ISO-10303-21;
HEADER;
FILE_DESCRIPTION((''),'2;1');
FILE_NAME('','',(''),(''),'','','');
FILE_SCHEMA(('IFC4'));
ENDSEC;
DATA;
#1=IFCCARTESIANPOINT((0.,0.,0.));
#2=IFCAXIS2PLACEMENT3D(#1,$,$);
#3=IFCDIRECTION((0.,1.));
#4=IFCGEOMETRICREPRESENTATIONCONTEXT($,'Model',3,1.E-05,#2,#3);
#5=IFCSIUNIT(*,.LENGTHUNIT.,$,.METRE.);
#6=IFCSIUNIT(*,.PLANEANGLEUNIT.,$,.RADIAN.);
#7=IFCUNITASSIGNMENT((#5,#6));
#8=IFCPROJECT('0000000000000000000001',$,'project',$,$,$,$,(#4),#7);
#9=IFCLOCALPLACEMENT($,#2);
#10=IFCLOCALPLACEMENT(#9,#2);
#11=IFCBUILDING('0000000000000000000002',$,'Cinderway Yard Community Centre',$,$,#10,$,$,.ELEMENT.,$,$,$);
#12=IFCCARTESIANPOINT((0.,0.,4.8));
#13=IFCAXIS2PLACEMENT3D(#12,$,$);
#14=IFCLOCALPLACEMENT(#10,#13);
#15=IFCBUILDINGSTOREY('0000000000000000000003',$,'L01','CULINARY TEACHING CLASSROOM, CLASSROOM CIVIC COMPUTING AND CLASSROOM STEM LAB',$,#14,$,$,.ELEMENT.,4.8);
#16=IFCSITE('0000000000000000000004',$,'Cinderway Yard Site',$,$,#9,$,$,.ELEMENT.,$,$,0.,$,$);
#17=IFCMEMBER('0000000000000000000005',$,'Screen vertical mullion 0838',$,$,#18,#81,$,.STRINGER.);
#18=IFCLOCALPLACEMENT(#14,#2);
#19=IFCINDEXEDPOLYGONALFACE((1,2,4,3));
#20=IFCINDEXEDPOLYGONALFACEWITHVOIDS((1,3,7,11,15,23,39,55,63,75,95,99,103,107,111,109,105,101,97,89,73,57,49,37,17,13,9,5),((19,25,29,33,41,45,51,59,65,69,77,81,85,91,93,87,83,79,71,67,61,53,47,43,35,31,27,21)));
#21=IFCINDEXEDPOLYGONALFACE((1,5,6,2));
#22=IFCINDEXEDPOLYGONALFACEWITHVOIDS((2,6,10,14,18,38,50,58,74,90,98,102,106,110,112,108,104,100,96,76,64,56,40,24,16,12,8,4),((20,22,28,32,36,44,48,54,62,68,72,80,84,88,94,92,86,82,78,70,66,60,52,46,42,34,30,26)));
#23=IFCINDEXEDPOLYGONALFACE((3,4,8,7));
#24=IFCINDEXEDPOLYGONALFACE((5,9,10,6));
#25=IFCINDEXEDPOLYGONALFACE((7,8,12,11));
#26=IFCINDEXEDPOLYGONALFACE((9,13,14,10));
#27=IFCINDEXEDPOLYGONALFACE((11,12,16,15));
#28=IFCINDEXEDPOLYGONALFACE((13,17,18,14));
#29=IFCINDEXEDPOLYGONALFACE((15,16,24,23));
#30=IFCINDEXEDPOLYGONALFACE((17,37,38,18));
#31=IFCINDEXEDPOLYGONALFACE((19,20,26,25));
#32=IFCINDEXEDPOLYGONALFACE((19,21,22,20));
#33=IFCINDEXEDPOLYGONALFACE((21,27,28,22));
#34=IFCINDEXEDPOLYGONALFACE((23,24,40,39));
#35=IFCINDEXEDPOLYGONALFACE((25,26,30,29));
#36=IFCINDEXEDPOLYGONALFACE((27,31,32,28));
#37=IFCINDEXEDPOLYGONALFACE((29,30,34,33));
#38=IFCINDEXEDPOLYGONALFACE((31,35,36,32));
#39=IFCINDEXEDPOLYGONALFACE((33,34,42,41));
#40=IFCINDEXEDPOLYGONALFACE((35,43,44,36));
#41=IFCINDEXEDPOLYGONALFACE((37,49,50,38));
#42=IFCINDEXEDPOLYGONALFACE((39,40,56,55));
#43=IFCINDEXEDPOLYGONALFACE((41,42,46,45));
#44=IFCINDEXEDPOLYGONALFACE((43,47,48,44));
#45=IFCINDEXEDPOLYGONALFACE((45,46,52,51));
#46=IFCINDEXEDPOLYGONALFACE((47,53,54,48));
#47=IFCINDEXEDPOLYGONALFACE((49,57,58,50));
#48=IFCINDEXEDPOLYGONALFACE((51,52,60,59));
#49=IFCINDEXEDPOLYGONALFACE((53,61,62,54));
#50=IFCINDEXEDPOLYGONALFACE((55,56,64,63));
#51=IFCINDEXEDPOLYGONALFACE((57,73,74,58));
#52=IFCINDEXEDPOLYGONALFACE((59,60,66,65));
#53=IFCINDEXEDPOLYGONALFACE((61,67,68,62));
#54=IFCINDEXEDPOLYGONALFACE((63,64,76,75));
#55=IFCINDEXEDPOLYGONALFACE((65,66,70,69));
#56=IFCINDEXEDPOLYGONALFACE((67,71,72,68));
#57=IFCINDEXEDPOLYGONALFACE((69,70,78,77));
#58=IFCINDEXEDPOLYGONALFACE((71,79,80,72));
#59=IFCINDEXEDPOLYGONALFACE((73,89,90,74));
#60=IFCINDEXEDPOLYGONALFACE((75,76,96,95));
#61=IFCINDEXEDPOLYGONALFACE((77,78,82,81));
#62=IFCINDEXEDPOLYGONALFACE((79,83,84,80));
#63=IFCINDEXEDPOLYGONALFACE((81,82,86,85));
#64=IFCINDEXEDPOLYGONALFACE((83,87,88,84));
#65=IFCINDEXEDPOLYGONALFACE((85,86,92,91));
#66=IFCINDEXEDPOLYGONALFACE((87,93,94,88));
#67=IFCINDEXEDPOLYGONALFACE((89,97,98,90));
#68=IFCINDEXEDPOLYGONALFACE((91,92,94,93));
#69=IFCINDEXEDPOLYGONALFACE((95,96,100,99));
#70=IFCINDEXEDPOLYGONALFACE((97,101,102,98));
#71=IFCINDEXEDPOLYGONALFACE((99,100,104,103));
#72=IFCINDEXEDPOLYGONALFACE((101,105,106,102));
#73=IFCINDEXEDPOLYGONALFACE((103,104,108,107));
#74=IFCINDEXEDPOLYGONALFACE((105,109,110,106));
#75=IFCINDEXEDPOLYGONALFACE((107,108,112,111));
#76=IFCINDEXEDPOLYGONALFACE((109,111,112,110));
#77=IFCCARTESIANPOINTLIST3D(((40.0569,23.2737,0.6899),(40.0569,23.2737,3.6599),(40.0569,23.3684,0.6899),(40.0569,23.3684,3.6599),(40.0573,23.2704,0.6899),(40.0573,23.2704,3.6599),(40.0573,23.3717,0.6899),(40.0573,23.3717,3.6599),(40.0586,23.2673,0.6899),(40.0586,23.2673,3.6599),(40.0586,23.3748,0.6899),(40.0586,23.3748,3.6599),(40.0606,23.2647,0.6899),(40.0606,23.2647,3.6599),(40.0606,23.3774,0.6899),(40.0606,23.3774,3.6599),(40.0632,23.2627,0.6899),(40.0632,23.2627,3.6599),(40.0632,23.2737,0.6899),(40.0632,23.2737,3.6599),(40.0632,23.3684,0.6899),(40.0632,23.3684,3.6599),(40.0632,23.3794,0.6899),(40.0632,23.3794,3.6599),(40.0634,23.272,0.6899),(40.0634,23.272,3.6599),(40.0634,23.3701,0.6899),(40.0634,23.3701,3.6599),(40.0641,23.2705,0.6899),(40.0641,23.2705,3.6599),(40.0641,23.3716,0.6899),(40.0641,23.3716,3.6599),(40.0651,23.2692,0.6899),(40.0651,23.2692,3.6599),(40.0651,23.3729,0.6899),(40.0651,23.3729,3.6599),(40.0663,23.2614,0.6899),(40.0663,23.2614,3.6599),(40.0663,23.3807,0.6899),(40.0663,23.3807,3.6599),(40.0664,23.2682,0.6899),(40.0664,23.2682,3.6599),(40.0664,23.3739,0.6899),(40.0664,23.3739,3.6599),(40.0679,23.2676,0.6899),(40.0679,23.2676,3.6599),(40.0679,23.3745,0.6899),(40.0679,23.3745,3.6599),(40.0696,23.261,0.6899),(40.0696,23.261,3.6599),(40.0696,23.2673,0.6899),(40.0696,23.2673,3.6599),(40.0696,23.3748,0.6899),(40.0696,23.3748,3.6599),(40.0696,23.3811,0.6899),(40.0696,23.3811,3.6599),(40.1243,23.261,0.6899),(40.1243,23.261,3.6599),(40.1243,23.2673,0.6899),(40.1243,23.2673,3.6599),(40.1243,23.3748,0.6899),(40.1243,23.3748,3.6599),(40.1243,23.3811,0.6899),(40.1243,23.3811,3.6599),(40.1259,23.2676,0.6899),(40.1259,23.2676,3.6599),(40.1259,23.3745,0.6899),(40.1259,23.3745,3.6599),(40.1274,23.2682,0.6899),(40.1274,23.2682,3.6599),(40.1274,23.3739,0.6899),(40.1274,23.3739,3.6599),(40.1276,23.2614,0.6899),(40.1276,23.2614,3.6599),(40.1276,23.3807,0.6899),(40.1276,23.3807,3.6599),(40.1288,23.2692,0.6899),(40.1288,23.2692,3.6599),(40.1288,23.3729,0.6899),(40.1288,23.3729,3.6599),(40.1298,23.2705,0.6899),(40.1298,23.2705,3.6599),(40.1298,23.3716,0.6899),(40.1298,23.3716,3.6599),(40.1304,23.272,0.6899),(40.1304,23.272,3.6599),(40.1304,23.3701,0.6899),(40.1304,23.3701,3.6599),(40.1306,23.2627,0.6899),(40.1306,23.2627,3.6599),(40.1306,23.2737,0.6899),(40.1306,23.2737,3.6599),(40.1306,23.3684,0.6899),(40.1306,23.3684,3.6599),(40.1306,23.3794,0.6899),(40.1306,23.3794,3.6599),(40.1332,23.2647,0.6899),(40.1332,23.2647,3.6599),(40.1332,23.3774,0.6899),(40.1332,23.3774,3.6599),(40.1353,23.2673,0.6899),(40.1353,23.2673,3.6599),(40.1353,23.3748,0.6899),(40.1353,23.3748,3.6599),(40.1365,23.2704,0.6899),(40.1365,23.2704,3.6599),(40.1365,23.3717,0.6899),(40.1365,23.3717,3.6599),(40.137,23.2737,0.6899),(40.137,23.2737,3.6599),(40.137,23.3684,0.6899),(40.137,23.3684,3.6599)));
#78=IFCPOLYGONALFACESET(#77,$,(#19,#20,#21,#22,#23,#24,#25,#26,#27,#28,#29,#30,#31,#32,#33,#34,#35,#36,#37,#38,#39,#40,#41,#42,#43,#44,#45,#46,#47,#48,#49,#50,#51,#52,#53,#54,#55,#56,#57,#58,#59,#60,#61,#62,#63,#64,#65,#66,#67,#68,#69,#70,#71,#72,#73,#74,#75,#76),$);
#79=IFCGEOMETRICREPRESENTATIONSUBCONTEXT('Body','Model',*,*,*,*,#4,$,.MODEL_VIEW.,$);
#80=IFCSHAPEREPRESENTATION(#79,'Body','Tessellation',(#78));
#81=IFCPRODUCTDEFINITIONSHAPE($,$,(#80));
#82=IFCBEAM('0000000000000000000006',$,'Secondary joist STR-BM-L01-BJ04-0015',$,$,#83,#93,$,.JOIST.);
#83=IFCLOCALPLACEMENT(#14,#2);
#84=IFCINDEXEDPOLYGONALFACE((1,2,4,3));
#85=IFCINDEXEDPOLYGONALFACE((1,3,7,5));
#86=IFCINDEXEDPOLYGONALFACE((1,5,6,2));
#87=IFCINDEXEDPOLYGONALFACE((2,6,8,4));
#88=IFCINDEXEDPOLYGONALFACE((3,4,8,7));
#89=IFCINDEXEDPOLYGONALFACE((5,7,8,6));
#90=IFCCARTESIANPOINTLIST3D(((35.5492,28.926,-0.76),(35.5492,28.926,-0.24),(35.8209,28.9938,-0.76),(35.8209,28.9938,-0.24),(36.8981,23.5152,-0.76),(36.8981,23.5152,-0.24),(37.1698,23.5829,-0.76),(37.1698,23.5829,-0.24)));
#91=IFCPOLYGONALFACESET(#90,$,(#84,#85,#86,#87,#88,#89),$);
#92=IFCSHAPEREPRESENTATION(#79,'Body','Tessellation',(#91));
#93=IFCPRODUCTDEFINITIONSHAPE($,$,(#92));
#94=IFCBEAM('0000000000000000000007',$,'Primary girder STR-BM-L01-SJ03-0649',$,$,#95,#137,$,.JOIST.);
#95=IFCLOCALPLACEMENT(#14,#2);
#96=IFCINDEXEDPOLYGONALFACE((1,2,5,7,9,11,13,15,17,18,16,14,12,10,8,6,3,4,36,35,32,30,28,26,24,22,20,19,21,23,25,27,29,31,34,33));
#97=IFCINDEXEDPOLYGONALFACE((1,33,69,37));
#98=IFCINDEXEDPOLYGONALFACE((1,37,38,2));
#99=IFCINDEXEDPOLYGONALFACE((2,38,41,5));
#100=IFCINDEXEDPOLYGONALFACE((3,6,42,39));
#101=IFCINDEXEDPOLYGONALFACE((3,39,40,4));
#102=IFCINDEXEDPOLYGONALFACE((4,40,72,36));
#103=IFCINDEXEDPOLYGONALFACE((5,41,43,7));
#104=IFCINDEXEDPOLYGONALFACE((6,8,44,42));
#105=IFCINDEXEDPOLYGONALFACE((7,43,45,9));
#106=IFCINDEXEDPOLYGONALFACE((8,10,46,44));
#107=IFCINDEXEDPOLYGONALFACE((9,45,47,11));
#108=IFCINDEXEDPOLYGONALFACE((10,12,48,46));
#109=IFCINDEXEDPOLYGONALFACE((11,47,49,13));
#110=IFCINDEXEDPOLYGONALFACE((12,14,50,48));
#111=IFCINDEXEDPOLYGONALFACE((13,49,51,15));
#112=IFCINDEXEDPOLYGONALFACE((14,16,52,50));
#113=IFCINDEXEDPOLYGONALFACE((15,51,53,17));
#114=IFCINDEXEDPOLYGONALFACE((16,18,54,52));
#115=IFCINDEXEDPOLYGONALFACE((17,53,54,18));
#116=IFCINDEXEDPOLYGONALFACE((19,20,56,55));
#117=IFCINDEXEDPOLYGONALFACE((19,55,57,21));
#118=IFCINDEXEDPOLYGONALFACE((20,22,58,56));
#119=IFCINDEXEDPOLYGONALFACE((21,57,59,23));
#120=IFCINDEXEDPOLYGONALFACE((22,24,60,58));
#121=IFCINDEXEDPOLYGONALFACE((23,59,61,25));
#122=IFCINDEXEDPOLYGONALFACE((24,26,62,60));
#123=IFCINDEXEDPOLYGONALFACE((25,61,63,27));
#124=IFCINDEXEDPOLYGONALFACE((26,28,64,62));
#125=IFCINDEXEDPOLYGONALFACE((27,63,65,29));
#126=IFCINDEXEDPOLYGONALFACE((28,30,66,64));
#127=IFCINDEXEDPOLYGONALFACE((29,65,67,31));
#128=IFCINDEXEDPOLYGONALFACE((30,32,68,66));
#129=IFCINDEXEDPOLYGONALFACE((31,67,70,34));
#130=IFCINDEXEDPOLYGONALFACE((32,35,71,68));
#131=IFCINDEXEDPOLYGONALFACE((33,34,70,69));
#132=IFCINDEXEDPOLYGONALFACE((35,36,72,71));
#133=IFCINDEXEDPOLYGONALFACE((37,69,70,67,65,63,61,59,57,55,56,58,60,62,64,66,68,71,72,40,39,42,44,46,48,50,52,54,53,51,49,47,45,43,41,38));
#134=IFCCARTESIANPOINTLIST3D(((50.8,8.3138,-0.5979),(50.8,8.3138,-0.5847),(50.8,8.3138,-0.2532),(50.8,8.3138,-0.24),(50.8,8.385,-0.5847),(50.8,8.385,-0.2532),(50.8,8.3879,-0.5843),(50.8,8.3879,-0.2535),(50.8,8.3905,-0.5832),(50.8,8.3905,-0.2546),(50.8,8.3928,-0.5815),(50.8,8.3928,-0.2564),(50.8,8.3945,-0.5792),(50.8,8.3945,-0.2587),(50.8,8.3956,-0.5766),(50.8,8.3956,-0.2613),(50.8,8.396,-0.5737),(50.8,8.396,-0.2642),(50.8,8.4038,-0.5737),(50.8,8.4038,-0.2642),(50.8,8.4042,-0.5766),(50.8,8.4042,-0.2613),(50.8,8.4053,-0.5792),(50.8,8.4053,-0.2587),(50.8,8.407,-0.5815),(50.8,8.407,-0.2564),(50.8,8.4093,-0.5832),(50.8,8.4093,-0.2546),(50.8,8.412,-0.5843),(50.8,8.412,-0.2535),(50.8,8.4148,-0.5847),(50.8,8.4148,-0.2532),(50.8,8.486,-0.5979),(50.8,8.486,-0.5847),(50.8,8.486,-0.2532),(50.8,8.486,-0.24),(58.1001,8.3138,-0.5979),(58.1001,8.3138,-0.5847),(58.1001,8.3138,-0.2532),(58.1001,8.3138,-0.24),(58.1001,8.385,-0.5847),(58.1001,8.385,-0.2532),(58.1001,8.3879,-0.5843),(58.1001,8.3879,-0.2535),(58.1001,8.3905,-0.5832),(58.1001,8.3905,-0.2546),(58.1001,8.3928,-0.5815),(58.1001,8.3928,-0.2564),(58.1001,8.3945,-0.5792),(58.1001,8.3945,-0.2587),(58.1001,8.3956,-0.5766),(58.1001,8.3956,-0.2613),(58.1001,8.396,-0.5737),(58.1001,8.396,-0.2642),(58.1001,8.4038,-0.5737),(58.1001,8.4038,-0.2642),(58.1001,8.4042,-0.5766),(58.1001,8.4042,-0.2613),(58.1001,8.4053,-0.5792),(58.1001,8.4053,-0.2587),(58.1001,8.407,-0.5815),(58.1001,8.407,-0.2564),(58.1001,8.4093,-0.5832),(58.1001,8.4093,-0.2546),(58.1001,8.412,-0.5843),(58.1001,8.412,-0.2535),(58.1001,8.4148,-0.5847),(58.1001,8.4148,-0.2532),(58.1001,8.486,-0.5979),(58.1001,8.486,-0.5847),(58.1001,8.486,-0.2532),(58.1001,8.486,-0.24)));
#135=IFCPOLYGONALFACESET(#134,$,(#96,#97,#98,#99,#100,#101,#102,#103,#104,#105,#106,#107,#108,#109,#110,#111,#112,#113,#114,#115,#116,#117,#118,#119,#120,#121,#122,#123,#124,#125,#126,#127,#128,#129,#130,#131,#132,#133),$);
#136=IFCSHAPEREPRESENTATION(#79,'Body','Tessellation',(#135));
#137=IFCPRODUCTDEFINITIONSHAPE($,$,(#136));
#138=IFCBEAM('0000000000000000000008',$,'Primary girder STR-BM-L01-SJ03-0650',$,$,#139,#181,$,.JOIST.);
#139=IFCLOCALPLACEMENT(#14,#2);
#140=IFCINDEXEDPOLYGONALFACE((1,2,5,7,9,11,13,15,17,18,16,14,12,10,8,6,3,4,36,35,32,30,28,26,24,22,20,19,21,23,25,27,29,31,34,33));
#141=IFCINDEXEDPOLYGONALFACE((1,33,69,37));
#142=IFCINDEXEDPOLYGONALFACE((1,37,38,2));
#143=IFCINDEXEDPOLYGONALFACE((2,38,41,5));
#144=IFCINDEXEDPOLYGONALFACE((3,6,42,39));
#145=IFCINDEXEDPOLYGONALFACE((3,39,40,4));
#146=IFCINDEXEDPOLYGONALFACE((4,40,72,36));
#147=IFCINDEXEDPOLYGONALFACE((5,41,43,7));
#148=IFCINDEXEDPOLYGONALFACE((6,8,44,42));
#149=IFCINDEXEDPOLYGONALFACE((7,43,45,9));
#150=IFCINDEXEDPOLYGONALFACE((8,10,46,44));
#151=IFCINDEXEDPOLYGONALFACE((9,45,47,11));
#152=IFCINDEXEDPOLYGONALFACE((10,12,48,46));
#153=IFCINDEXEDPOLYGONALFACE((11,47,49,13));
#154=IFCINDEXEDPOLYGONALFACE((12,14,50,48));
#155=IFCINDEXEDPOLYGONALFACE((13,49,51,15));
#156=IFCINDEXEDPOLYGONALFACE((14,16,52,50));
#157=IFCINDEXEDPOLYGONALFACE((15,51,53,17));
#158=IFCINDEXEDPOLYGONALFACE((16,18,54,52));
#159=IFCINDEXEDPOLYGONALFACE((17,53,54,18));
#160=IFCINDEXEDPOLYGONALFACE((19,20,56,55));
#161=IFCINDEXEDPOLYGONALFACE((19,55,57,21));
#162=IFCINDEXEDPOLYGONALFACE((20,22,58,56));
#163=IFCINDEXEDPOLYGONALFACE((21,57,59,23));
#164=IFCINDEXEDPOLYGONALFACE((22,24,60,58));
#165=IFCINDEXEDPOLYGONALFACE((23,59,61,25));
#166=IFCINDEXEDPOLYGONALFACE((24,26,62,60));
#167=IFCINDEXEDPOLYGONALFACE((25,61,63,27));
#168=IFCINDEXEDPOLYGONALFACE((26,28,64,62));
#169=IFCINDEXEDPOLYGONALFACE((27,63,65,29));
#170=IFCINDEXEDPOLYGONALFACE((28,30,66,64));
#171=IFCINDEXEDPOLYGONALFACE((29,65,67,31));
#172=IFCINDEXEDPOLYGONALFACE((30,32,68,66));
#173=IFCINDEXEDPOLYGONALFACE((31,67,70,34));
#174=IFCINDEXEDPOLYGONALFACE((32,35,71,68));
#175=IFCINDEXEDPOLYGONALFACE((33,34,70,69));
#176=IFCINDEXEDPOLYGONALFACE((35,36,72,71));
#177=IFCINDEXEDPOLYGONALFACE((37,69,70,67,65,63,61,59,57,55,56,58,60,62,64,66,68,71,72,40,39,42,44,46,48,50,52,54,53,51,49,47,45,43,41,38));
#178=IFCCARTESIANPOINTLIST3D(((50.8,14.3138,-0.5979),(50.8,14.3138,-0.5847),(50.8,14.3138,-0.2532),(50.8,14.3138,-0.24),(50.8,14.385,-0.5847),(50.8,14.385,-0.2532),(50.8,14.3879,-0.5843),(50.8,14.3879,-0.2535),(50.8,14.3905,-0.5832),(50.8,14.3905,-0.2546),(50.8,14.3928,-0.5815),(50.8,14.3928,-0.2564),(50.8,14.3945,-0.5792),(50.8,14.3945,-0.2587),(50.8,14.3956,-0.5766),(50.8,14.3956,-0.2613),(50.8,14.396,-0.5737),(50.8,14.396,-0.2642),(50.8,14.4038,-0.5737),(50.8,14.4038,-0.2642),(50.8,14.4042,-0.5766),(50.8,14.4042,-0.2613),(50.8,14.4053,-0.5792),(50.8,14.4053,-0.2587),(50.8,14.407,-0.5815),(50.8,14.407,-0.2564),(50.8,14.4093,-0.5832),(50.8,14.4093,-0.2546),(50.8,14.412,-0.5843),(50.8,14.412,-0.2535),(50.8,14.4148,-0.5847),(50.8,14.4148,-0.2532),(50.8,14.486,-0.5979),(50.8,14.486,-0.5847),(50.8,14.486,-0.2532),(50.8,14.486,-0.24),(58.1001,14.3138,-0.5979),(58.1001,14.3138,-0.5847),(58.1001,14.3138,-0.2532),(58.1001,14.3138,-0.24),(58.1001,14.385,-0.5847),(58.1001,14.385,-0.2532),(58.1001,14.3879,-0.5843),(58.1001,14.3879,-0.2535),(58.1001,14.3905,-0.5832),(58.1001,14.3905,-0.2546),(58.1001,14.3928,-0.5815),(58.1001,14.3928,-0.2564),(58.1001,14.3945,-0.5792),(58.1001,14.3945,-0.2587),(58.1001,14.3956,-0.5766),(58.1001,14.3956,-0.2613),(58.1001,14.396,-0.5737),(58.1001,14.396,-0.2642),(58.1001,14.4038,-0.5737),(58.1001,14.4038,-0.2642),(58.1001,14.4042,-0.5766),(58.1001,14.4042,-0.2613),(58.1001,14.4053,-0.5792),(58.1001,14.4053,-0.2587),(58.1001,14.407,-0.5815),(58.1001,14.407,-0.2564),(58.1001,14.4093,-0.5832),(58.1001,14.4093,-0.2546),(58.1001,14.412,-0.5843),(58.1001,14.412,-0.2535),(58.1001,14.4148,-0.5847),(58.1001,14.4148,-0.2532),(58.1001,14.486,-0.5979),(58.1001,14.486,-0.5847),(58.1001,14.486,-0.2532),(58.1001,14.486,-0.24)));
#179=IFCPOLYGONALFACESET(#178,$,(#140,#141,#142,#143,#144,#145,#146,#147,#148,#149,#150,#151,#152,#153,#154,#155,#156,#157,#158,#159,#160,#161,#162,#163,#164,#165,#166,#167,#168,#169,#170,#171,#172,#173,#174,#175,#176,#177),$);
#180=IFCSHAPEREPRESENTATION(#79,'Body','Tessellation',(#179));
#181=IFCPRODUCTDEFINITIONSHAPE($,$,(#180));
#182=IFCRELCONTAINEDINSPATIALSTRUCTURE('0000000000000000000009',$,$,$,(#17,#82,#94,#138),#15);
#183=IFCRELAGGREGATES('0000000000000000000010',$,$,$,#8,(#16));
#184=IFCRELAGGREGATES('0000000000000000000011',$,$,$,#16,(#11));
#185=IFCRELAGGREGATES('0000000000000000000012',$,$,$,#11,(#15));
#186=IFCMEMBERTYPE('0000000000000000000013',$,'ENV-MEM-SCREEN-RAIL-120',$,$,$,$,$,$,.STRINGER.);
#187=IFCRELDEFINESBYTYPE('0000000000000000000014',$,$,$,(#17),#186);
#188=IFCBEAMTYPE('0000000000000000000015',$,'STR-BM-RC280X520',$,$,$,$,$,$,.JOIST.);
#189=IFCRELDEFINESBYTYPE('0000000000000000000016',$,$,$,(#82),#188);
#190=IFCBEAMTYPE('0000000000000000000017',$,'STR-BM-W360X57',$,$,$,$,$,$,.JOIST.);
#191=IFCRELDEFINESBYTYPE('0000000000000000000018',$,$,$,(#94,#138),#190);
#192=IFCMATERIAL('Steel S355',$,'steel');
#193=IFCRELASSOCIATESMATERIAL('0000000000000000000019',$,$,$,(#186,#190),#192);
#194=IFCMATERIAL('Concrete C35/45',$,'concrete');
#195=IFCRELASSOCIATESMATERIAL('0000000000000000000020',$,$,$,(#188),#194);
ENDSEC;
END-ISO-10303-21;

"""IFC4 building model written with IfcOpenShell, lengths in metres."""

from ifc_helpers import new_model, si_unit, direction, frame, origin, origin_2d, place, context, subcontext, project, spatial, rectangle, hollow_rectangle, i_section, extrude, material, material_profile, profile_set, type_object, element, save


model = new_model("IFC4")

# Units and contexts
model_context = context("Model", 3, precision=1e-05, world=origin(), true_north=direction((0.0, 1.0)))
body_context = subcontext(model_context, "Body", "Model", "MODEL_VIEW")
ifc_project = project(units=[si_unit("LENGTHUNIT", "METRE"), si_unit("PLANEANGLEUNIT", "RADIAN")], contexts=[model_context])

# Site, building, storey
site_placement = place(None, origin())
site = spatial("IfcSite", under=ifc_project, at=site_placement, Name="Cinderway Yard Site", CompositionType="ELEMENT", RefElevation=0.0)
building_placement = place(site_placement, origin())
building = spatial("IfcBuilding", under=site, at=building_placement, Name="Cinderway Yard Community Centre", CompositionType="ELEMENT")
storey_placement = place(building_placement, frame((0.0, 0.0, 4.8)))
storey = spatial("IfcBuildingStorey", under=building, at=storey_placement, Name="L01", Description="CULINARY TEACHING CLASSROOM, CLASSROOM CIVIC COMPUTING AND CLASSROOM STEM LAB", CompositionType="ELEMENT", Elevation=4.8)

# Member
ifc_material_1 = material(Name="Steel S355", Category="steel")
ifc_material_profile_1 = material_profile(ifc_material_1, hollow_rectangle(XDim=0.0801, YDim=0.1201, WallThickness=0.0063, InnerFilletRadius=0.0063, OuterFilletRadius=0.0127, at=origin_2d()), Name="Steel S355")
ifc_profile_set_1 = profile_set([ifc_material_profile_1], Name="Steel S355")
member_type_1 = type_object("IfcMemberType", Name="ENV-MEM-SCREEN-RAIL-120", PredefinedType="STRINGER", material=ifc_profile_set_1)
for number, where, z_axis, x_axis, name in (
    (1, (40.0969, 23.321, 0.6899), (0.0, 0.0, 1.0), (1.0, 0.0, 0.0), "Screen vertical mullion 0838"),
):
    element("IfcMember", number, at=place(storey_placement, frame(where, z_axis=z_axis, x_axis=x_axis)), inside=storey, type_object=member_type_1, Name=name, PredefinedType="STRINGER", context=body_context, shape_type="SweptSolid", body=[
        extrude(hollow_rectangle(XDim=0.0801, YDim=0.1201, WallThickness=0.0063, InnerFilletRadius=0.0063, OuterFilletRadius=0.0127, at=origin_2d()), origin(), (0.0, 0.0, 1.0), 2.97),
    ])

# Beams
ifc_material_2 = material(Name="Concrete C35/45", Category="concrete")
ifc_material_profile_2 = material_profile(ifc_material_2, rectangle(XDim=0.28, YDim=0.52, at=origin_2d()), Name="Concrete C35/45")
ifc_profile_set_2 = profile_set([ifc_material_profile_2], Name="Concrete C35/45")
beam_type_1 = type_object("IfcBeamType", Name="STR-BM-RC280X520", PredefinedType="JOIST", material=ifc_profile_set_2)
beam_1_placement = place(storey_placement, frame((37.0339, 23.5491, -0.5), z_axis=(-0.241887, 0.970305, 0.0), x_axis=(-0.970305, -0.241887, 0.0)))
element("IfcBeam", 2, at=beam_1_placement, inside=storey, type_object=beam_type_1, Name="Secondary joist STR-BM-L01-BJ04-0015", PredefinedType="JOIST", context=body_context, shape_type="SweptSolid", body=[
    extrude(rectangle(XDim=0.28, YDim=0.52, at=origin_2d()), origin(), (0.0, 0.0, 1.0), 5.5764),
])
ifc_material_profile_3 = material_profile(ifc_material_1, i_section(OverallWidth=0.1721, OverallDepth=0.3579, WebThickness=0.0078, FlangeThickness=0.0132, FilletRadius=0.011, at=origin_2d()), Name="Steel S355")
ifc_profile_set_3 = profile_set([ifc_material_profile_3], Name="Steel S355")
beam_type_2 = type_object("IfcBeamType", Name="STR-BM-W360X57", PredefinedType="JOIST", material=ifc_profile_set_3)
for number, where, z_axis, x_axis, name in (
    (3, (50.8, 8.3999, -0.4189), (1.0, 0.0, 0.0), (0.0, 1.0, 0.0), "Primary girder STR-BM-L01-SJ03-0649"),
    (4, (50.8, 14.3999, -0.4189), (1.0, 0.0, 0.0), (0.0, 1.0, 0.0), "Primary girder STR-BM-L01-SJ03-0650"),
):
    element("IfcBeam", number, at=place(storey_placement, frame(where, z_axis=z_axis, x_axis=x_axis)), inside=storey, type_object=beam_type_2, Name=name, PredefinedType="JOIST", context=body_context, shape_type="SweptSolid", body=[
        extrude(i_section(OverallWidth=0.1721, OverallDepth=0.3579, WebThickness=0.0078, FlangeThickness=0.0132, FilletRadius=0.011, at=origin_2d()), origin(), (0.0, 0.0, 1.0), 7.3),
    ])

save(model, "model.ifc")
